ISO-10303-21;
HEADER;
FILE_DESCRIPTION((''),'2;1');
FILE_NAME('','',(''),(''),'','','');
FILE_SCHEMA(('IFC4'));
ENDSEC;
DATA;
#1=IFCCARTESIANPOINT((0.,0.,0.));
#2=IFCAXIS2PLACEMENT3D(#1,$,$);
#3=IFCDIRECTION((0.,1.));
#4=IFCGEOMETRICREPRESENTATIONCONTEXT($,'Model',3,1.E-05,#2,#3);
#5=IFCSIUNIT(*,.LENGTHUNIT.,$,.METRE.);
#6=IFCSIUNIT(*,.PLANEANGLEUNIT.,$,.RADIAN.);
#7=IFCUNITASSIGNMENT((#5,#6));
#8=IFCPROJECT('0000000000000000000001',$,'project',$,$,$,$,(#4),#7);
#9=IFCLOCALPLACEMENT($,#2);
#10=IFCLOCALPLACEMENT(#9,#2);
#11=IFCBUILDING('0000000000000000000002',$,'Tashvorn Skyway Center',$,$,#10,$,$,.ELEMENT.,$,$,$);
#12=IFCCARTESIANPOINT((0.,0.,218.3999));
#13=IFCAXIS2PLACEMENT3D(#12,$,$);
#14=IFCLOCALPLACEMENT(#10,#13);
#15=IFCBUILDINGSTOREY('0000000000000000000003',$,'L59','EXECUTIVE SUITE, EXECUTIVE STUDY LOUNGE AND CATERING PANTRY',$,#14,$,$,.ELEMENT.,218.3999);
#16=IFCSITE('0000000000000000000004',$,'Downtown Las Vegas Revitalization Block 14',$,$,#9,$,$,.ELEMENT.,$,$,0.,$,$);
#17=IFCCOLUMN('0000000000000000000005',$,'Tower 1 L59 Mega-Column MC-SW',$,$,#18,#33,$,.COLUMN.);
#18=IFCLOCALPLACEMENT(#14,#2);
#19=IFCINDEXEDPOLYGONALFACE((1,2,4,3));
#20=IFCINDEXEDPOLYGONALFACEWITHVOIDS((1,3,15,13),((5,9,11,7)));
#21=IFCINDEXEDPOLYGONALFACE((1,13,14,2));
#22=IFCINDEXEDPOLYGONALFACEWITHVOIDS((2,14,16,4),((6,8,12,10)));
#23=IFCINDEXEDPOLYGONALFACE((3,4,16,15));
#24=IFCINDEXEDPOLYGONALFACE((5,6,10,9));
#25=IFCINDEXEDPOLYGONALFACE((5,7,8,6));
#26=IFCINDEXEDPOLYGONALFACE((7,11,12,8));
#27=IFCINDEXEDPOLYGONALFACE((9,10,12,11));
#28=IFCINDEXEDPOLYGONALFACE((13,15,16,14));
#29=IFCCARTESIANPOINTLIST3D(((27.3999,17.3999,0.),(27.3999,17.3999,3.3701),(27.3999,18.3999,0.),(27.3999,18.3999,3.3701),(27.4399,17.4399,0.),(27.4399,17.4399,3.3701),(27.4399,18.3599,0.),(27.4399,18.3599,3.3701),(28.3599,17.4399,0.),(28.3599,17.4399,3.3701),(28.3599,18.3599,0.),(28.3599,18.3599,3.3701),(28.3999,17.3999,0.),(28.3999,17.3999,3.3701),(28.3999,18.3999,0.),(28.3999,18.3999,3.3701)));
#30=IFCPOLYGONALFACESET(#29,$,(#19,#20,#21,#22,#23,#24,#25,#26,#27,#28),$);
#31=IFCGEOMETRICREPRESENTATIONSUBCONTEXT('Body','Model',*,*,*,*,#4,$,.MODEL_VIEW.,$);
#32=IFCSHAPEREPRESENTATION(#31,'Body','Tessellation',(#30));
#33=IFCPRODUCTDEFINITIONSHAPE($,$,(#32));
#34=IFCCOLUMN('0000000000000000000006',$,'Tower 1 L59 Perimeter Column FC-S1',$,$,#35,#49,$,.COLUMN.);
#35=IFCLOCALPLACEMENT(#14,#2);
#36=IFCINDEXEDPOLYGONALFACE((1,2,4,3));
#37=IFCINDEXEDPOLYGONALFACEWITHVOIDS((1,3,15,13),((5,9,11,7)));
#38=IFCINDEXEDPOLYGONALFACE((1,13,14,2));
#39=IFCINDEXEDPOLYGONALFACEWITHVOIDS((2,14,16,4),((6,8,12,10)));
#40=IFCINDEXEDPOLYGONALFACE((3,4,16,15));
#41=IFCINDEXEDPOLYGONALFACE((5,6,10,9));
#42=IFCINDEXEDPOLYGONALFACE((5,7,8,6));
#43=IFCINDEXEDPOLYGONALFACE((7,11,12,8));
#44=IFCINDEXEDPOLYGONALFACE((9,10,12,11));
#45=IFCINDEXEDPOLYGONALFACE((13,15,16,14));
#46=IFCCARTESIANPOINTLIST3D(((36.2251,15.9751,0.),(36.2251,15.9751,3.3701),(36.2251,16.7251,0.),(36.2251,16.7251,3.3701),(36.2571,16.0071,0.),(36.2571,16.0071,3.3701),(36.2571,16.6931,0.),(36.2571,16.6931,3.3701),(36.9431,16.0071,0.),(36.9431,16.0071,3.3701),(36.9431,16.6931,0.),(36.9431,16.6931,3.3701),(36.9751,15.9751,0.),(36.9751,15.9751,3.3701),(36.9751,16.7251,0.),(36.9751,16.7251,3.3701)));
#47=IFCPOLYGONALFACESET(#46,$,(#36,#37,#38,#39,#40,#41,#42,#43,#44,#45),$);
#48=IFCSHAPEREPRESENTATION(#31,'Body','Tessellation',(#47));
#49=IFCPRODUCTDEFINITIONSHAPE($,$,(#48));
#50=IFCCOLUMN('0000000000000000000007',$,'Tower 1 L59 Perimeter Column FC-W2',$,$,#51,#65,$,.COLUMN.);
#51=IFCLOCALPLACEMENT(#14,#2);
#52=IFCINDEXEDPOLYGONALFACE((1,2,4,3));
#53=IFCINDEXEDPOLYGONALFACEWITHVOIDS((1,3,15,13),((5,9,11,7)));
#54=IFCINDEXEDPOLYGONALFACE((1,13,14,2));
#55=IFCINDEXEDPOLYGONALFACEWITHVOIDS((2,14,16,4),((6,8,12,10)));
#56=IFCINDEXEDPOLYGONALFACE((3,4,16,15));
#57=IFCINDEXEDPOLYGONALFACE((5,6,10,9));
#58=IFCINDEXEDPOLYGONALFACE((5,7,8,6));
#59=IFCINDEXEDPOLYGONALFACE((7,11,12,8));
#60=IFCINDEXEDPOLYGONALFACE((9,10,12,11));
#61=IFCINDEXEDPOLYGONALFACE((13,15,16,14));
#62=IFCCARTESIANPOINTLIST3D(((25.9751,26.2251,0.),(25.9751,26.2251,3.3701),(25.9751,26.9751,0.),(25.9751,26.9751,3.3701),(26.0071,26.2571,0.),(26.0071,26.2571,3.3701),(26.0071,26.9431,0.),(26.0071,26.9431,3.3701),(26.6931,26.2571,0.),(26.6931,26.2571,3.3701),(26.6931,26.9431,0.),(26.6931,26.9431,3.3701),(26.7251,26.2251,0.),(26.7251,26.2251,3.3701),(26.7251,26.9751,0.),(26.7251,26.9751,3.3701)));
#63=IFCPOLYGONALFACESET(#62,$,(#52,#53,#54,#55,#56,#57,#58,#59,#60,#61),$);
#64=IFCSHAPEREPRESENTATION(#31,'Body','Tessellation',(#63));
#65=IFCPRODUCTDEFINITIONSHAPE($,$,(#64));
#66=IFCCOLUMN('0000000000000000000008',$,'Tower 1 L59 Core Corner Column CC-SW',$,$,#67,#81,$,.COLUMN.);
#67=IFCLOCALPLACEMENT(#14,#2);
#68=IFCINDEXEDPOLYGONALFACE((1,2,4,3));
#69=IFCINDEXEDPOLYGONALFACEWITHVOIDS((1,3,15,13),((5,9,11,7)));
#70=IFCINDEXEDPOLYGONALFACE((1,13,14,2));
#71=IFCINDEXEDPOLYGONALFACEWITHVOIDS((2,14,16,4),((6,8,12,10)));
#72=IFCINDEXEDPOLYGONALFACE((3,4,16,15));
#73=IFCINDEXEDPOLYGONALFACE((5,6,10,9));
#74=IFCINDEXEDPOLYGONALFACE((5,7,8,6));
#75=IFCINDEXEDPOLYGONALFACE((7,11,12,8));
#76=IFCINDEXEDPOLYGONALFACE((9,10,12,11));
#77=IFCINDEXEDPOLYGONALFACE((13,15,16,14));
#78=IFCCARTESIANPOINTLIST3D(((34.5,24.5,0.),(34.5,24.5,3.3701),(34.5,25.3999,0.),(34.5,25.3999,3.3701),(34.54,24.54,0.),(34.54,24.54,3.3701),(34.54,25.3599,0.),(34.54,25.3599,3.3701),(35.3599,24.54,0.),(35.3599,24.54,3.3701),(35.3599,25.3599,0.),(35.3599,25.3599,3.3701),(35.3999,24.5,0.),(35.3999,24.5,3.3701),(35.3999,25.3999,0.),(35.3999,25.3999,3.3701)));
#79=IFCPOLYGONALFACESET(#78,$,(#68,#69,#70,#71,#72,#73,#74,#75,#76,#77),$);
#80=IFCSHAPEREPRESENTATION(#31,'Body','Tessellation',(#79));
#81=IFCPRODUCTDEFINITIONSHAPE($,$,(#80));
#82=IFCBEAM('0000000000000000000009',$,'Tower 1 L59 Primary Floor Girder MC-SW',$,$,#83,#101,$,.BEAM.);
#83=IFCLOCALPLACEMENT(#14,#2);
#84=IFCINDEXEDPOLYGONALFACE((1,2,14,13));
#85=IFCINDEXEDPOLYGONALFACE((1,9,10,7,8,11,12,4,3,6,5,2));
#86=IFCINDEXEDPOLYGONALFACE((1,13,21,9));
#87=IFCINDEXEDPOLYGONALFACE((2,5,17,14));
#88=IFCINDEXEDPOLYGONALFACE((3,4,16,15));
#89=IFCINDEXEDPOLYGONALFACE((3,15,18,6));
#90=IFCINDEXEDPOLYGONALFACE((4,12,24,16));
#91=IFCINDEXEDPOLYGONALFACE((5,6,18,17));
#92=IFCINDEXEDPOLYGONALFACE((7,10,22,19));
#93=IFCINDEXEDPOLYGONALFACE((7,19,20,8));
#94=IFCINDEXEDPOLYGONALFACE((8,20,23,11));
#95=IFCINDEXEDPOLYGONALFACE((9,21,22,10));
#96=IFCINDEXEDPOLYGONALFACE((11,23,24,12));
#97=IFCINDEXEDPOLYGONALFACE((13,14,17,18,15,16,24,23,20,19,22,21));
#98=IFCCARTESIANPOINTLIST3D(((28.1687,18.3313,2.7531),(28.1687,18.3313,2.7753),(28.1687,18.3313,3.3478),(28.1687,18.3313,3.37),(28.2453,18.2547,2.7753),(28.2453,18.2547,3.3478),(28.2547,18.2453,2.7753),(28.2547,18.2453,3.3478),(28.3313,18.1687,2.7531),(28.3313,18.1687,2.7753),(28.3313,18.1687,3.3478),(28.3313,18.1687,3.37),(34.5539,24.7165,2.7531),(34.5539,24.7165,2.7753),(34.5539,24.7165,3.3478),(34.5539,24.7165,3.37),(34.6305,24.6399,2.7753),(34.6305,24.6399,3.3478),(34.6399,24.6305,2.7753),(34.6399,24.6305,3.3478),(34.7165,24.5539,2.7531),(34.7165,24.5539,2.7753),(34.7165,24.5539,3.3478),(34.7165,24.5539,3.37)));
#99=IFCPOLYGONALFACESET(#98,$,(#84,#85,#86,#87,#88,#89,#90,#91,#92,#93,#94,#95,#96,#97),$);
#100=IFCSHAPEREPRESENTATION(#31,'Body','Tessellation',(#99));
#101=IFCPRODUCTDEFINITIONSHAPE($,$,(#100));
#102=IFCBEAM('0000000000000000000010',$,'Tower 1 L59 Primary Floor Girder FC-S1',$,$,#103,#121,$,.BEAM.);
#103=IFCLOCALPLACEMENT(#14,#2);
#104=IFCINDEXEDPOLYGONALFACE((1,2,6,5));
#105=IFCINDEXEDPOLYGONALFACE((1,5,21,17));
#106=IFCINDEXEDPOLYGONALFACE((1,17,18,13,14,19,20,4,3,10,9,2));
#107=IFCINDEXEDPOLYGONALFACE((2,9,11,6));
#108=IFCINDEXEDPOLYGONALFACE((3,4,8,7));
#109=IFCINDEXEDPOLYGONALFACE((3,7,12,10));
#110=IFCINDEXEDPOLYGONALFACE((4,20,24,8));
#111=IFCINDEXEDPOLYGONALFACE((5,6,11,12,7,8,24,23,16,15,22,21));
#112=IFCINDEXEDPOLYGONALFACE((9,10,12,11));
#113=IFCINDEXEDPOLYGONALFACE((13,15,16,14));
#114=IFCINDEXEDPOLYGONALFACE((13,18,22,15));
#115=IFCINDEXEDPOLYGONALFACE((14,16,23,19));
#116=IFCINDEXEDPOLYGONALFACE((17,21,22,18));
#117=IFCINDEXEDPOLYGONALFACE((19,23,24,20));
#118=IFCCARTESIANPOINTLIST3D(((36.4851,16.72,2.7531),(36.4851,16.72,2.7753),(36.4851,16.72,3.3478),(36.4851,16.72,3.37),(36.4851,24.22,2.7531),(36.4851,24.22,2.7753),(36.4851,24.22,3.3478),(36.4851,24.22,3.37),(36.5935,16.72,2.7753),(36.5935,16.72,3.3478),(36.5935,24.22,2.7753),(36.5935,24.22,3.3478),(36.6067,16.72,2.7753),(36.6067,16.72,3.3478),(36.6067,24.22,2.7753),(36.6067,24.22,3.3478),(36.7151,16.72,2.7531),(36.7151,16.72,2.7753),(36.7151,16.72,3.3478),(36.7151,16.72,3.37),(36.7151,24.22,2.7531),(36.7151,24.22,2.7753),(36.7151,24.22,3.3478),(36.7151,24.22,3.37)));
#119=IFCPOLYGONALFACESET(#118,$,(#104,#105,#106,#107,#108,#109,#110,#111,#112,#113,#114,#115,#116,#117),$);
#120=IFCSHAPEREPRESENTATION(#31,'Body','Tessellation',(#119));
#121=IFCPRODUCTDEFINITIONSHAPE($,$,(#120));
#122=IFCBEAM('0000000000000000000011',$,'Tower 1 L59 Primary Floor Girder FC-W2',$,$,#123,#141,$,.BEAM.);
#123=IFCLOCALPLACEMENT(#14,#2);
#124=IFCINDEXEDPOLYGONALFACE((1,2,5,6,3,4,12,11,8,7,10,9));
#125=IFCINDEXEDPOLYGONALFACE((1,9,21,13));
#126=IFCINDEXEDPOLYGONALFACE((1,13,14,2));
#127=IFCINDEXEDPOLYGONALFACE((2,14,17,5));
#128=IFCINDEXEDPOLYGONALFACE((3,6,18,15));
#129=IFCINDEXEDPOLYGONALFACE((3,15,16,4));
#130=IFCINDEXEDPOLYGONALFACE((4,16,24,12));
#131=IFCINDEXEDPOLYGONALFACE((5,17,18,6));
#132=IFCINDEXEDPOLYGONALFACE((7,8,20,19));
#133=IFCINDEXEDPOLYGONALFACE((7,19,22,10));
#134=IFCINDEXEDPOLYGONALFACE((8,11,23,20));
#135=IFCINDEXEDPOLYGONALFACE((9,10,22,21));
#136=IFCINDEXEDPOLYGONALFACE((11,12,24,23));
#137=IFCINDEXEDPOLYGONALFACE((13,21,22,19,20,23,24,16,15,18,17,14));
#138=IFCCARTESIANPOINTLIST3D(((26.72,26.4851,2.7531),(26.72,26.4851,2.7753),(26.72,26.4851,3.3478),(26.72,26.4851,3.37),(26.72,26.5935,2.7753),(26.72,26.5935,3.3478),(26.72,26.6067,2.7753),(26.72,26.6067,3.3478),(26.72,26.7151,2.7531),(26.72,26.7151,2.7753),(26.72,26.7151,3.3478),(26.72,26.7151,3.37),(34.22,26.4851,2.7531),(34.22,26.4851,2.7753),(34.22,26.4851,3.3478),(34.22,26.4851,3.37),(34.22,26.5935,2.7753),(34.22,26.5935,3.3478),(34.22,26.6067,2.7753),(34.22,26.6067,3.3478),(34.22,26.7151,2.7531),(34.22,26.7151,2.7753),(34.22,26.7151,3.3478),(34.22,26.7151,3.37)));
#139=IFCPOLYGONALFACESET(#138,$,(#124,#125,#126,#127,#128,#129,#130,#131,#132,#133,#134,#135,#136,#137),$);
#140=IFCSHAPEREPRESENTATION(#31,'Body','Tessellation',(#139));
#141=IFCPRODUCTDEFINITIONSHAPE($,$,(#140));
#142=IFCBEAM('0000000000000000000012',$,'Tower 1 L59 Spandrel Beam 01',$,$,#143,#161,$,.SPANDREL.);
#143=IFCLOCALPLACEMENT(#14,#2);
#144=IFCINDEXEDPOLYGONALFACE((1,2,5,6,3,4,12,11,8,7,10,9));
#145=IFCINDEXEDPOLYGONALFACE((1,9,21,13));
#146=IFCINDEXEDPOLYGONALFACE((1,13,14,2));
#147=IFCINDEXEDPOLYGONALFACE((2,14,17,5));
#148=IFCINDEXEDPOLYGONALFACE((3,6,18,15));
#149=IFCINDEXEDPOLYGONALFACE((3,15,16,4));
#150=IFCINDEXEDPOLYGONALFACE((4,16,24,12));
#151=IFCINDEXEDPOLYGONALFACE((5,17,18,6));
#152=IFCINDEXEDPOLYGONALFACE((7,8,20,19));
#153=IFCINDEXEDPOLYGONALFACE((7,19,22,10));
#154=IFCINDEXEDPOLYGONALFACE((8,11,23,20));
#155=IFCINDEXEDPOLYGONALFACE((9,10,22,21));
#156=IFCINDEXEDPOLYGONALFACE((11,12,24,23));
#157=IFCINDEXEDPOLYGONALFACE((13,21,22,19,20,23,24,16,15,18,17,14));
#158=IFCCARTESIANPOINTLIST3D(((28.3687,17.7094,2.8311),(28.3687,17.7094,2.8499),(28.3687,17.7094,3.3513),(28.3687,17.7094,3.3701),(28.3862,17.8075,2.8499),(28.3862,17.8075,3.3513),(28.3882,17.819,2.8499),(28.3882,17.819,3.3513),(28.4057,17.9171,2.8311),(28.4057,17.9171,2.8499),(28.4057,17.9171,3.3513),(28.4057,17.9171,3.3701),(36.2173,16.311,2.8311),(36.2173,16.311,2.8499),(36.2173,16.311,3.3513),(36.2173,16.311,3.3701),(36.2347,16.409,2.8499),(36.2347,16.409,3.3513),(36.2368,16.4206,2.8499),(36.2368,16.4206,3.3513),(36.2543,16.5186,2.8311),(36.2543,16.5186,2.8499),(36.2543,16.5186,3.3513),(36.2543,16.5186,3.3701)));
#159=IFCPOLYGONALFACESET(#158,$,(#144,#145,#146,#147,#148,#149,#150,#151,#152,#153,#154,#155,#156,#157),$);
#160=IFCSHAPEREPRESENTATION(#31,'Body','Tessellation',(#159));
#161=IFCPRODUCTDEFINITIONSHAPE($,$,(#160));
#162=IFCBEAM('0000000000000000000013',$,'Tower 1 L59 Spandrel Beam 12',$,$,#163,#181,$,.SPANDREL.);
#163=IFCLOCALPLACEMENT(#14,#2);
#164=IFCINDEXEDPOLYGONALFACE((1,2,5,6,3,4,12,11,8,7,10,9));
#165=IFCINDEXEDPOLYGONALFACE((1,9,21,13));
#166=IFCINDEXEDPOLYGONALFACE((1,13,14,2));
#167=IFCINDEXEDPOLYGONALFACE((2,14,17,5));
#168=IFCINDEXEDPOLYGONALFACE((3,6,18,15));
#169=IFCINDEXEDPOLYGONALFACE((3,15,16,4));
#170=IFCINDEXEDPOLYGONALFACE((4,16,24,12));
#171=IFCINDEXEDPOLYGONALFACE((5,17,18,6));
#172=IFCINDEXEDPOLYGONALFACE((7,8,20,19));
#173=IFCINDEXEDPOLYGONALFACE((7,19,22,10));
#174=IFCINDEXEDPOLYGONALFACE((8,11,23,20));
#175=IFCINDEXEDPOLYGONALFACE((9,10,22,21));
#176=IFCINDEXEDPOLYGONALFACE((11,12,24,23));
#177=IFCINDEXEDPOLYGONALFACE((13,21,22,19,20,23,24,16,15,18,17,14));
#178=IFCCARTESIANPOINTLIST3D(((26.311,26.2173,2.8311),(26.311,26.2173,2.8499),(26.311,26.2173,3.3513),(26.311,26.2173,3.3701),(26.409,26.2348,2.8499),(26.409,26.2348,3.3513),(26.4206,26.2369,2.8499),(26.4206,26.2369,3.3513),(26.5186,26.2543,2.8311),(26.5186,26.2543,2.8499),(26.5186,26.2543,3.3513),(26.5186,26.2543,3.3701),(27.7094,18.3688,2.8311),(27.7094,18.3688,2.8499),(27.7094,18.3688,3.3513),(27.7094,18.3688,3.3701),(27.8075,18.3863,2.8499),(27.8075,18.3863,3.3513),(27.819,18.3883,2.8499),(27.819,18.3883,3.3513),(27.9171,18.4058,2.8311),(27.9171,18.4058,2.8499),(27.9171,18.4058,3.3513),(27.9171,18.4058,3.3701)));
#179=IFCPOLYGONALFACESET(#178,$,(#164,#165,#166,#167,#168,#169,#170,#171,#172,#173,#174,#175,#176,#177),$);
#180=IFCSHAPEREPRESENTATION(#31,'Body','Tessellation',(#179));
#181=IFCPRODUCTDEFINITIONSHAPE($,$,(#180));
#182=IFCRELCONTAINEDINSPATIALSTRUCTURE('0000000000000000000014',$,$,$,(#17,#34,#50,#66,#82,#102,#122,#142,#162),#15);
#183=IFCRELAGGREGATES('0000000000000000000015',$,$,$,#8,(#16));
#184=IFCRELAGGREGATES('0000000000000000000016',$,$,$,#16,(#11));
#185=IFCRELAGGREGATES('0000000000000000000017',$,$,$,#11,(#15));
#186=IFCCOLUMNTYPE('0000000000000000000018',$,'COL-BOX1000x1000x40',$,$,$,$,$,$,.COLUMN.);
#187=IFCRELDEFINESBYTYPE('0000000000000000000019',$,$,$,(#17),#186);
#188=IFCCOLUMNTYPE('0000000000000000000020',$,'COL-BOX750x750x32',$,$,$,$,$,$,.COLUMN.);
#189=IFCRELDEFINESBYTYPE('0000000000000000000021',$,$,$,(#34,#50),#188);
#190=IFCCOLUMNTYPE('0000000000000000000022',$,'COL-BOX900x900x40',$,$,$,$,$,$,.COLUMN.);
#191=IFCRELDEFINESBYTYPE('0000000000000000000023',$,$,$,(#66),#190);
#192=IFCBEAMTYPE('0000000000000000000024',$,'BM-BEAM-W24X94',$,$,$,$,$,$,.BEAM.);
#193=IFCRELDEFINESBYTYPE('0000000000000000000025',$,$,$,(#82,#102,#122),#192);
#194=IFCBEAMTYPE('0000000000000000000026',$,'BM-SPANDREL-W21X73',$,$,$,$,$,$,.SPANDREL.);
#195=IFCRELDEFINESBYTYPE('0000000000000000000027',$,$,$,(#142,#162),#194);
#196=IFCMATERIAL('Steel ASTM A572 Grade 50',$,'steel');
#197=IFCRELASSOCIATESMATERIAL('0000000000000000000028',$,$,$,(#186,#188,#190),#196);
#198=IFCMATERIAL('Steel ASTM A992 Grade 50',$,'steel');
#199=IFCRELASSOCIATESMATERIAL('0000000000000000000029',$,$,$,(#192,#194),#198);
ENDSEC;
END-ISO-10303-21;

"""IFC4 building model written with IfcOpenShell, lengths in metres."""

from ifc_helpers import new_model, si_unit, direction, frame, origin, origin_2d, place, context, subcontext, project, spatial, hollow_rectangle, i_section, extrude, material, material_profile, profile_set, type_object, element, save


model = new_model("IFC4")

# Units and contexts
model_context = context("Model", 3, precision=1e-05, world=origin(), true_north=direction((0.0, 1.0)))
body_context = subcontext(model_context, "Body", "Model", "MODEL_VIEW")
ifc_project = project(units=[si_unit("LENGTHUNIT", "METRE"), si_unit("PLANEANGLEUNIT", "RADIAN")], contexts=[model_context])

# Site, building, storey
site_placement = place(None, origin())
site = spatial("IfcSite", under=ifc_project, at=site_placement, Name="Downtown Las Vegas Revitalization Block 14", CompositionType="ELEMENT", RefElevation=0.0)
building_placement = place(site_placement, origin())
building = spatial("IfcBuilding", under=site, at=building_placement, Name="Tashvorn Skyway Center", CompositionType="ELEMENT")
storey_placement = place(building_placement, frame((0.0, 0.0, 218.3999)))
storey = spatial("IfcBuildingStorey", under=building, at=storey_placement, Name="L59", Description="EXECUTIVE SUITE, EXECUTIVE STUDY LOUNGE AND CATERING PANTRY", CompositionType="ELEMENT", Elevation=218.3999)

# Columns
ifc_material_1 = material(Name="Steel ASTM A572 Grade 50", Category="steel")
ifc_material_profile_1 = material_profile(ifc_material_1, hollow_rectangle(XDim=1.0, YDim=1.0, WallThickness=0.04, at=origin_2d()), Name="BOX1000x1000x40")
ifc_profile_set_1 = profile_set([ifc_material_profile_1], Name="Steel ASTM A572 Grade 50")
column_type_1 = type_object("IfcColumnType", Name="COL-BOX1000x1000x40", PredefinedType="COLUMN", material=ifc_profile_set_1)
column_1_placement = place(storey_placement, frame((27.8999, 17.8999, 0.0), z_axis=(0.0, 0.0, 1.0), x_axis=(1.0, 0.0, 0.0)))
element("IfcColumn", 1, at=column_1_placement, inside=storey, type_object=column_type_1, Name="Tower 1 L59 Mega-Column MC-SW", PredefinedType="COLUMN", context=body_context, shape_type="SweptSolid", body=[
    extrude(hollow_rectangle(XDim=1.0, YDim=1.0, WallThickness=0.04, at=origin_2d()), origin(), (0.0, 0.0, 1.0), 3.3701),
])
ifc_material_profile_2 = material_profile(ifc_material_1, hollow_rectangle(XDim=0.75, YDim=0.75, WallThickness=0.032, at=origin_2d()), Name="BOX750x750x32")
ifc_profile_set_2 = profile_set([ifc_material_profile_2], Name="Steel ASTM A572 Grade 50")
column_type_2 = type_object("IfcColumnType", Name="COL-BOX750x750x32", PredefinedType="COLUMN", material=ifc_profile_set_2)
for number, where, z_axis, x_axis, name in (
    (2, (36.6001, 16.3501, 0.0), (0.0, 0.0, 1.0), (1.0, 0.0, 0.0), "Tower 1 L59 Perimeter Column FC-S1"),
    (3, (26.3501, 26.6001, 0.0), (0.0, 0.0, 1.0), (1.0, 0.0, 0.0), "Tower 1 L59 Perimeter Column FC-W2"),
):
    element("IfcColumn", number, at=place(storey_placement, frame(where, z_axis=z_axis, x_axis=x_axis)), inside=storey, type_object=column_type_2, Name=name, PredefinedType="COLUMN", context=body_context, shape_type="SweptSolid", body=[
        extrude(hollow_rectangle(XDim=0.75, YDim=0.75, WallThickness=0.032, at=origin_2d()), origin(), (0.0, 0.0, 1.0), 3.3701),
    ])
ifc_material_profile_3 = material_profile(ifc_material_1, hollow_rectangle(XDim=0.8999, YDim=0.8999, WallThickness=0.04, at=origin_2d()), Name="BOX900x900x40")
ifc_profile_set_3 = profile_set([ifc_material_profile_3], Name="Steel ASTM A572 Grade 50")
column_type_3 = type_object("IfcColumnType", Name="COL-BOX900x900x40", PredefinedType="COLUMN", material=ifc_profile_set_3)
column_2_placement = place(storey_placement, frame((34.95, 24.95, 0.0), z_axis=(0.0, 0.0, 1.0), x_axis=(1.0, 0.0, 0.0)))
element("IfcColumn", 4, at=column_2_placement, inside=storey, type_object=column_type_3, Name="Tower 1 L59 Core Corner Column CC-SW", PredefinedType="COLUMN", context=body_context, shape_type="SweptSolid", body=[
    extrude(hollow_rectangle(XDim=0.8999, YDim=0.8999, WallThickness=0.04, at=origin_2d()), origin(), (0.0, 0.0, 1.0), 3.3701),
])

# Beams
ifc_material_2 = material(Name="Steel ASTM A992 Grade 50", Category="steel")
ifc_material_profile_4 = material_profile(ifc_material_2, i_section(OverallWidth=0.23, OverallDepth=0.6169, WebThickness=0.0132, FlangeThickness=0.0222, at=origin_2d()), Name="W24X94")
ifc_profile_set_4 = profile_set([ifc_material_profile_4], Name="Steel ASTM A992 Grade 50")
beam_type_1 = type_object("IfcBeamType", Name="BM-BEAM-W24X94", PredefinedType="BEAM", material=ifc_profile_set_4)
beam_placement = place(storey_placement, frame((28.25, 18.25, 3.0615), z_axis=(0.707107, 0.707107, 0.0), x_axis=(-0.707107, 0.707107, 0.0)))
element("IfcBeam", 5, at=beam_placement, inside=storey, type_object=beam_type_1, Name="Tower 1 L59 Primary Floor Girder MC-SW", PredefinedType="BEAM", context=body_context, shape_type="SweptSolid", body=[
    extrude(i_section(OverallWidth=0.23, OverallDepth=0.6169, WebThickness=0.0132, FlangeThickness=0.0222, at=origin_2d()), origin(), (0.0, 0.0, 1.0), 9.03),
])
for number, where, z_axis, x_axis, name in (
    (6, (36.6001, 16.72, 3.0615), (0.0, 1.0, 0.0), (-1.0, 0.0, 0.0), "Tower 1 L59 Primary Floor Girder FC-S1"),
    (7, (26.72, 26.6001, 3.0615), (1.0, 0.0, 0.0), (0.0, 1.0, 0.0), "Tower 1 L59 Primary Floor Girder FC-W2"),
):
    element("IfcBeam", number, at=place(storey_placement, frame(where, z_axis=z_axis, x_axis=x_axis)), inside=storey, type_object=beam_type_1, Name=name, PredefinedType="BEAM", context=body_context, shape_type="SweptSolid", body=[
        extrude(i_section(OverallWidth=0.23, OverallDepth=0.6169, WebThickness=0.0132, FlangeThickness=0.0222, at=origin_2d()), origin(), (0.0, 0.0, 1.0), 7.5),
    ])
ifc_material_profile_5 = material_profile(ifc_material_2, i_section(OverallWidth=0.2109, OverallDepth=0.5391, WebThickness=0.0117, FlangeThickness=0.0188, at=origin_2d()), Name="W21X73")
ifc_profile_set_5 = profile_set([ifc_material_profile_5], Name="Steel ASTM A992 Grade 50")
beam_type_2 = type_object("IfcBeamType", Name="BM-SPANDREL-W21X73", PredefinedType="SPANDREL", material=ifc_profile_set_5)
for number, where, z_axis, x_axis, name in (
    (8, (28.3872, 17.8132, 3.1006), (0.984495, -0.175413, 0.0), (0.175413, 0.984495, 0.0), "Tower 1 L59 Spandrel Beam 01"),
    (9, (26.4148, 26.2358, 3.1006), (0.175413, -0.984495, 0.0), (0.984495, 0.175413, 0.0), "Tower 1 L59 Spandrel Beam 12"),
):
    element("IfcBeam", number, at=place(storey_placement, frame(where, z_axis=z_axis, x_axis=x_axis)), inside=storey, type_object=beam_type_2, Name=name, PredefinedType="SPANDREL", context=body_context, shape_type="SweptSolid", body=[
        extrude(i_section(OverallWidth=0.2109, OverallDepth=0.5391, WebThickness=0.0117, FlangeThickness=0.0188, at=origin_2d()), origin(), (0.0, 0.0, 1.0), 7.9722),
    ])

save(model, "model.ifc")
